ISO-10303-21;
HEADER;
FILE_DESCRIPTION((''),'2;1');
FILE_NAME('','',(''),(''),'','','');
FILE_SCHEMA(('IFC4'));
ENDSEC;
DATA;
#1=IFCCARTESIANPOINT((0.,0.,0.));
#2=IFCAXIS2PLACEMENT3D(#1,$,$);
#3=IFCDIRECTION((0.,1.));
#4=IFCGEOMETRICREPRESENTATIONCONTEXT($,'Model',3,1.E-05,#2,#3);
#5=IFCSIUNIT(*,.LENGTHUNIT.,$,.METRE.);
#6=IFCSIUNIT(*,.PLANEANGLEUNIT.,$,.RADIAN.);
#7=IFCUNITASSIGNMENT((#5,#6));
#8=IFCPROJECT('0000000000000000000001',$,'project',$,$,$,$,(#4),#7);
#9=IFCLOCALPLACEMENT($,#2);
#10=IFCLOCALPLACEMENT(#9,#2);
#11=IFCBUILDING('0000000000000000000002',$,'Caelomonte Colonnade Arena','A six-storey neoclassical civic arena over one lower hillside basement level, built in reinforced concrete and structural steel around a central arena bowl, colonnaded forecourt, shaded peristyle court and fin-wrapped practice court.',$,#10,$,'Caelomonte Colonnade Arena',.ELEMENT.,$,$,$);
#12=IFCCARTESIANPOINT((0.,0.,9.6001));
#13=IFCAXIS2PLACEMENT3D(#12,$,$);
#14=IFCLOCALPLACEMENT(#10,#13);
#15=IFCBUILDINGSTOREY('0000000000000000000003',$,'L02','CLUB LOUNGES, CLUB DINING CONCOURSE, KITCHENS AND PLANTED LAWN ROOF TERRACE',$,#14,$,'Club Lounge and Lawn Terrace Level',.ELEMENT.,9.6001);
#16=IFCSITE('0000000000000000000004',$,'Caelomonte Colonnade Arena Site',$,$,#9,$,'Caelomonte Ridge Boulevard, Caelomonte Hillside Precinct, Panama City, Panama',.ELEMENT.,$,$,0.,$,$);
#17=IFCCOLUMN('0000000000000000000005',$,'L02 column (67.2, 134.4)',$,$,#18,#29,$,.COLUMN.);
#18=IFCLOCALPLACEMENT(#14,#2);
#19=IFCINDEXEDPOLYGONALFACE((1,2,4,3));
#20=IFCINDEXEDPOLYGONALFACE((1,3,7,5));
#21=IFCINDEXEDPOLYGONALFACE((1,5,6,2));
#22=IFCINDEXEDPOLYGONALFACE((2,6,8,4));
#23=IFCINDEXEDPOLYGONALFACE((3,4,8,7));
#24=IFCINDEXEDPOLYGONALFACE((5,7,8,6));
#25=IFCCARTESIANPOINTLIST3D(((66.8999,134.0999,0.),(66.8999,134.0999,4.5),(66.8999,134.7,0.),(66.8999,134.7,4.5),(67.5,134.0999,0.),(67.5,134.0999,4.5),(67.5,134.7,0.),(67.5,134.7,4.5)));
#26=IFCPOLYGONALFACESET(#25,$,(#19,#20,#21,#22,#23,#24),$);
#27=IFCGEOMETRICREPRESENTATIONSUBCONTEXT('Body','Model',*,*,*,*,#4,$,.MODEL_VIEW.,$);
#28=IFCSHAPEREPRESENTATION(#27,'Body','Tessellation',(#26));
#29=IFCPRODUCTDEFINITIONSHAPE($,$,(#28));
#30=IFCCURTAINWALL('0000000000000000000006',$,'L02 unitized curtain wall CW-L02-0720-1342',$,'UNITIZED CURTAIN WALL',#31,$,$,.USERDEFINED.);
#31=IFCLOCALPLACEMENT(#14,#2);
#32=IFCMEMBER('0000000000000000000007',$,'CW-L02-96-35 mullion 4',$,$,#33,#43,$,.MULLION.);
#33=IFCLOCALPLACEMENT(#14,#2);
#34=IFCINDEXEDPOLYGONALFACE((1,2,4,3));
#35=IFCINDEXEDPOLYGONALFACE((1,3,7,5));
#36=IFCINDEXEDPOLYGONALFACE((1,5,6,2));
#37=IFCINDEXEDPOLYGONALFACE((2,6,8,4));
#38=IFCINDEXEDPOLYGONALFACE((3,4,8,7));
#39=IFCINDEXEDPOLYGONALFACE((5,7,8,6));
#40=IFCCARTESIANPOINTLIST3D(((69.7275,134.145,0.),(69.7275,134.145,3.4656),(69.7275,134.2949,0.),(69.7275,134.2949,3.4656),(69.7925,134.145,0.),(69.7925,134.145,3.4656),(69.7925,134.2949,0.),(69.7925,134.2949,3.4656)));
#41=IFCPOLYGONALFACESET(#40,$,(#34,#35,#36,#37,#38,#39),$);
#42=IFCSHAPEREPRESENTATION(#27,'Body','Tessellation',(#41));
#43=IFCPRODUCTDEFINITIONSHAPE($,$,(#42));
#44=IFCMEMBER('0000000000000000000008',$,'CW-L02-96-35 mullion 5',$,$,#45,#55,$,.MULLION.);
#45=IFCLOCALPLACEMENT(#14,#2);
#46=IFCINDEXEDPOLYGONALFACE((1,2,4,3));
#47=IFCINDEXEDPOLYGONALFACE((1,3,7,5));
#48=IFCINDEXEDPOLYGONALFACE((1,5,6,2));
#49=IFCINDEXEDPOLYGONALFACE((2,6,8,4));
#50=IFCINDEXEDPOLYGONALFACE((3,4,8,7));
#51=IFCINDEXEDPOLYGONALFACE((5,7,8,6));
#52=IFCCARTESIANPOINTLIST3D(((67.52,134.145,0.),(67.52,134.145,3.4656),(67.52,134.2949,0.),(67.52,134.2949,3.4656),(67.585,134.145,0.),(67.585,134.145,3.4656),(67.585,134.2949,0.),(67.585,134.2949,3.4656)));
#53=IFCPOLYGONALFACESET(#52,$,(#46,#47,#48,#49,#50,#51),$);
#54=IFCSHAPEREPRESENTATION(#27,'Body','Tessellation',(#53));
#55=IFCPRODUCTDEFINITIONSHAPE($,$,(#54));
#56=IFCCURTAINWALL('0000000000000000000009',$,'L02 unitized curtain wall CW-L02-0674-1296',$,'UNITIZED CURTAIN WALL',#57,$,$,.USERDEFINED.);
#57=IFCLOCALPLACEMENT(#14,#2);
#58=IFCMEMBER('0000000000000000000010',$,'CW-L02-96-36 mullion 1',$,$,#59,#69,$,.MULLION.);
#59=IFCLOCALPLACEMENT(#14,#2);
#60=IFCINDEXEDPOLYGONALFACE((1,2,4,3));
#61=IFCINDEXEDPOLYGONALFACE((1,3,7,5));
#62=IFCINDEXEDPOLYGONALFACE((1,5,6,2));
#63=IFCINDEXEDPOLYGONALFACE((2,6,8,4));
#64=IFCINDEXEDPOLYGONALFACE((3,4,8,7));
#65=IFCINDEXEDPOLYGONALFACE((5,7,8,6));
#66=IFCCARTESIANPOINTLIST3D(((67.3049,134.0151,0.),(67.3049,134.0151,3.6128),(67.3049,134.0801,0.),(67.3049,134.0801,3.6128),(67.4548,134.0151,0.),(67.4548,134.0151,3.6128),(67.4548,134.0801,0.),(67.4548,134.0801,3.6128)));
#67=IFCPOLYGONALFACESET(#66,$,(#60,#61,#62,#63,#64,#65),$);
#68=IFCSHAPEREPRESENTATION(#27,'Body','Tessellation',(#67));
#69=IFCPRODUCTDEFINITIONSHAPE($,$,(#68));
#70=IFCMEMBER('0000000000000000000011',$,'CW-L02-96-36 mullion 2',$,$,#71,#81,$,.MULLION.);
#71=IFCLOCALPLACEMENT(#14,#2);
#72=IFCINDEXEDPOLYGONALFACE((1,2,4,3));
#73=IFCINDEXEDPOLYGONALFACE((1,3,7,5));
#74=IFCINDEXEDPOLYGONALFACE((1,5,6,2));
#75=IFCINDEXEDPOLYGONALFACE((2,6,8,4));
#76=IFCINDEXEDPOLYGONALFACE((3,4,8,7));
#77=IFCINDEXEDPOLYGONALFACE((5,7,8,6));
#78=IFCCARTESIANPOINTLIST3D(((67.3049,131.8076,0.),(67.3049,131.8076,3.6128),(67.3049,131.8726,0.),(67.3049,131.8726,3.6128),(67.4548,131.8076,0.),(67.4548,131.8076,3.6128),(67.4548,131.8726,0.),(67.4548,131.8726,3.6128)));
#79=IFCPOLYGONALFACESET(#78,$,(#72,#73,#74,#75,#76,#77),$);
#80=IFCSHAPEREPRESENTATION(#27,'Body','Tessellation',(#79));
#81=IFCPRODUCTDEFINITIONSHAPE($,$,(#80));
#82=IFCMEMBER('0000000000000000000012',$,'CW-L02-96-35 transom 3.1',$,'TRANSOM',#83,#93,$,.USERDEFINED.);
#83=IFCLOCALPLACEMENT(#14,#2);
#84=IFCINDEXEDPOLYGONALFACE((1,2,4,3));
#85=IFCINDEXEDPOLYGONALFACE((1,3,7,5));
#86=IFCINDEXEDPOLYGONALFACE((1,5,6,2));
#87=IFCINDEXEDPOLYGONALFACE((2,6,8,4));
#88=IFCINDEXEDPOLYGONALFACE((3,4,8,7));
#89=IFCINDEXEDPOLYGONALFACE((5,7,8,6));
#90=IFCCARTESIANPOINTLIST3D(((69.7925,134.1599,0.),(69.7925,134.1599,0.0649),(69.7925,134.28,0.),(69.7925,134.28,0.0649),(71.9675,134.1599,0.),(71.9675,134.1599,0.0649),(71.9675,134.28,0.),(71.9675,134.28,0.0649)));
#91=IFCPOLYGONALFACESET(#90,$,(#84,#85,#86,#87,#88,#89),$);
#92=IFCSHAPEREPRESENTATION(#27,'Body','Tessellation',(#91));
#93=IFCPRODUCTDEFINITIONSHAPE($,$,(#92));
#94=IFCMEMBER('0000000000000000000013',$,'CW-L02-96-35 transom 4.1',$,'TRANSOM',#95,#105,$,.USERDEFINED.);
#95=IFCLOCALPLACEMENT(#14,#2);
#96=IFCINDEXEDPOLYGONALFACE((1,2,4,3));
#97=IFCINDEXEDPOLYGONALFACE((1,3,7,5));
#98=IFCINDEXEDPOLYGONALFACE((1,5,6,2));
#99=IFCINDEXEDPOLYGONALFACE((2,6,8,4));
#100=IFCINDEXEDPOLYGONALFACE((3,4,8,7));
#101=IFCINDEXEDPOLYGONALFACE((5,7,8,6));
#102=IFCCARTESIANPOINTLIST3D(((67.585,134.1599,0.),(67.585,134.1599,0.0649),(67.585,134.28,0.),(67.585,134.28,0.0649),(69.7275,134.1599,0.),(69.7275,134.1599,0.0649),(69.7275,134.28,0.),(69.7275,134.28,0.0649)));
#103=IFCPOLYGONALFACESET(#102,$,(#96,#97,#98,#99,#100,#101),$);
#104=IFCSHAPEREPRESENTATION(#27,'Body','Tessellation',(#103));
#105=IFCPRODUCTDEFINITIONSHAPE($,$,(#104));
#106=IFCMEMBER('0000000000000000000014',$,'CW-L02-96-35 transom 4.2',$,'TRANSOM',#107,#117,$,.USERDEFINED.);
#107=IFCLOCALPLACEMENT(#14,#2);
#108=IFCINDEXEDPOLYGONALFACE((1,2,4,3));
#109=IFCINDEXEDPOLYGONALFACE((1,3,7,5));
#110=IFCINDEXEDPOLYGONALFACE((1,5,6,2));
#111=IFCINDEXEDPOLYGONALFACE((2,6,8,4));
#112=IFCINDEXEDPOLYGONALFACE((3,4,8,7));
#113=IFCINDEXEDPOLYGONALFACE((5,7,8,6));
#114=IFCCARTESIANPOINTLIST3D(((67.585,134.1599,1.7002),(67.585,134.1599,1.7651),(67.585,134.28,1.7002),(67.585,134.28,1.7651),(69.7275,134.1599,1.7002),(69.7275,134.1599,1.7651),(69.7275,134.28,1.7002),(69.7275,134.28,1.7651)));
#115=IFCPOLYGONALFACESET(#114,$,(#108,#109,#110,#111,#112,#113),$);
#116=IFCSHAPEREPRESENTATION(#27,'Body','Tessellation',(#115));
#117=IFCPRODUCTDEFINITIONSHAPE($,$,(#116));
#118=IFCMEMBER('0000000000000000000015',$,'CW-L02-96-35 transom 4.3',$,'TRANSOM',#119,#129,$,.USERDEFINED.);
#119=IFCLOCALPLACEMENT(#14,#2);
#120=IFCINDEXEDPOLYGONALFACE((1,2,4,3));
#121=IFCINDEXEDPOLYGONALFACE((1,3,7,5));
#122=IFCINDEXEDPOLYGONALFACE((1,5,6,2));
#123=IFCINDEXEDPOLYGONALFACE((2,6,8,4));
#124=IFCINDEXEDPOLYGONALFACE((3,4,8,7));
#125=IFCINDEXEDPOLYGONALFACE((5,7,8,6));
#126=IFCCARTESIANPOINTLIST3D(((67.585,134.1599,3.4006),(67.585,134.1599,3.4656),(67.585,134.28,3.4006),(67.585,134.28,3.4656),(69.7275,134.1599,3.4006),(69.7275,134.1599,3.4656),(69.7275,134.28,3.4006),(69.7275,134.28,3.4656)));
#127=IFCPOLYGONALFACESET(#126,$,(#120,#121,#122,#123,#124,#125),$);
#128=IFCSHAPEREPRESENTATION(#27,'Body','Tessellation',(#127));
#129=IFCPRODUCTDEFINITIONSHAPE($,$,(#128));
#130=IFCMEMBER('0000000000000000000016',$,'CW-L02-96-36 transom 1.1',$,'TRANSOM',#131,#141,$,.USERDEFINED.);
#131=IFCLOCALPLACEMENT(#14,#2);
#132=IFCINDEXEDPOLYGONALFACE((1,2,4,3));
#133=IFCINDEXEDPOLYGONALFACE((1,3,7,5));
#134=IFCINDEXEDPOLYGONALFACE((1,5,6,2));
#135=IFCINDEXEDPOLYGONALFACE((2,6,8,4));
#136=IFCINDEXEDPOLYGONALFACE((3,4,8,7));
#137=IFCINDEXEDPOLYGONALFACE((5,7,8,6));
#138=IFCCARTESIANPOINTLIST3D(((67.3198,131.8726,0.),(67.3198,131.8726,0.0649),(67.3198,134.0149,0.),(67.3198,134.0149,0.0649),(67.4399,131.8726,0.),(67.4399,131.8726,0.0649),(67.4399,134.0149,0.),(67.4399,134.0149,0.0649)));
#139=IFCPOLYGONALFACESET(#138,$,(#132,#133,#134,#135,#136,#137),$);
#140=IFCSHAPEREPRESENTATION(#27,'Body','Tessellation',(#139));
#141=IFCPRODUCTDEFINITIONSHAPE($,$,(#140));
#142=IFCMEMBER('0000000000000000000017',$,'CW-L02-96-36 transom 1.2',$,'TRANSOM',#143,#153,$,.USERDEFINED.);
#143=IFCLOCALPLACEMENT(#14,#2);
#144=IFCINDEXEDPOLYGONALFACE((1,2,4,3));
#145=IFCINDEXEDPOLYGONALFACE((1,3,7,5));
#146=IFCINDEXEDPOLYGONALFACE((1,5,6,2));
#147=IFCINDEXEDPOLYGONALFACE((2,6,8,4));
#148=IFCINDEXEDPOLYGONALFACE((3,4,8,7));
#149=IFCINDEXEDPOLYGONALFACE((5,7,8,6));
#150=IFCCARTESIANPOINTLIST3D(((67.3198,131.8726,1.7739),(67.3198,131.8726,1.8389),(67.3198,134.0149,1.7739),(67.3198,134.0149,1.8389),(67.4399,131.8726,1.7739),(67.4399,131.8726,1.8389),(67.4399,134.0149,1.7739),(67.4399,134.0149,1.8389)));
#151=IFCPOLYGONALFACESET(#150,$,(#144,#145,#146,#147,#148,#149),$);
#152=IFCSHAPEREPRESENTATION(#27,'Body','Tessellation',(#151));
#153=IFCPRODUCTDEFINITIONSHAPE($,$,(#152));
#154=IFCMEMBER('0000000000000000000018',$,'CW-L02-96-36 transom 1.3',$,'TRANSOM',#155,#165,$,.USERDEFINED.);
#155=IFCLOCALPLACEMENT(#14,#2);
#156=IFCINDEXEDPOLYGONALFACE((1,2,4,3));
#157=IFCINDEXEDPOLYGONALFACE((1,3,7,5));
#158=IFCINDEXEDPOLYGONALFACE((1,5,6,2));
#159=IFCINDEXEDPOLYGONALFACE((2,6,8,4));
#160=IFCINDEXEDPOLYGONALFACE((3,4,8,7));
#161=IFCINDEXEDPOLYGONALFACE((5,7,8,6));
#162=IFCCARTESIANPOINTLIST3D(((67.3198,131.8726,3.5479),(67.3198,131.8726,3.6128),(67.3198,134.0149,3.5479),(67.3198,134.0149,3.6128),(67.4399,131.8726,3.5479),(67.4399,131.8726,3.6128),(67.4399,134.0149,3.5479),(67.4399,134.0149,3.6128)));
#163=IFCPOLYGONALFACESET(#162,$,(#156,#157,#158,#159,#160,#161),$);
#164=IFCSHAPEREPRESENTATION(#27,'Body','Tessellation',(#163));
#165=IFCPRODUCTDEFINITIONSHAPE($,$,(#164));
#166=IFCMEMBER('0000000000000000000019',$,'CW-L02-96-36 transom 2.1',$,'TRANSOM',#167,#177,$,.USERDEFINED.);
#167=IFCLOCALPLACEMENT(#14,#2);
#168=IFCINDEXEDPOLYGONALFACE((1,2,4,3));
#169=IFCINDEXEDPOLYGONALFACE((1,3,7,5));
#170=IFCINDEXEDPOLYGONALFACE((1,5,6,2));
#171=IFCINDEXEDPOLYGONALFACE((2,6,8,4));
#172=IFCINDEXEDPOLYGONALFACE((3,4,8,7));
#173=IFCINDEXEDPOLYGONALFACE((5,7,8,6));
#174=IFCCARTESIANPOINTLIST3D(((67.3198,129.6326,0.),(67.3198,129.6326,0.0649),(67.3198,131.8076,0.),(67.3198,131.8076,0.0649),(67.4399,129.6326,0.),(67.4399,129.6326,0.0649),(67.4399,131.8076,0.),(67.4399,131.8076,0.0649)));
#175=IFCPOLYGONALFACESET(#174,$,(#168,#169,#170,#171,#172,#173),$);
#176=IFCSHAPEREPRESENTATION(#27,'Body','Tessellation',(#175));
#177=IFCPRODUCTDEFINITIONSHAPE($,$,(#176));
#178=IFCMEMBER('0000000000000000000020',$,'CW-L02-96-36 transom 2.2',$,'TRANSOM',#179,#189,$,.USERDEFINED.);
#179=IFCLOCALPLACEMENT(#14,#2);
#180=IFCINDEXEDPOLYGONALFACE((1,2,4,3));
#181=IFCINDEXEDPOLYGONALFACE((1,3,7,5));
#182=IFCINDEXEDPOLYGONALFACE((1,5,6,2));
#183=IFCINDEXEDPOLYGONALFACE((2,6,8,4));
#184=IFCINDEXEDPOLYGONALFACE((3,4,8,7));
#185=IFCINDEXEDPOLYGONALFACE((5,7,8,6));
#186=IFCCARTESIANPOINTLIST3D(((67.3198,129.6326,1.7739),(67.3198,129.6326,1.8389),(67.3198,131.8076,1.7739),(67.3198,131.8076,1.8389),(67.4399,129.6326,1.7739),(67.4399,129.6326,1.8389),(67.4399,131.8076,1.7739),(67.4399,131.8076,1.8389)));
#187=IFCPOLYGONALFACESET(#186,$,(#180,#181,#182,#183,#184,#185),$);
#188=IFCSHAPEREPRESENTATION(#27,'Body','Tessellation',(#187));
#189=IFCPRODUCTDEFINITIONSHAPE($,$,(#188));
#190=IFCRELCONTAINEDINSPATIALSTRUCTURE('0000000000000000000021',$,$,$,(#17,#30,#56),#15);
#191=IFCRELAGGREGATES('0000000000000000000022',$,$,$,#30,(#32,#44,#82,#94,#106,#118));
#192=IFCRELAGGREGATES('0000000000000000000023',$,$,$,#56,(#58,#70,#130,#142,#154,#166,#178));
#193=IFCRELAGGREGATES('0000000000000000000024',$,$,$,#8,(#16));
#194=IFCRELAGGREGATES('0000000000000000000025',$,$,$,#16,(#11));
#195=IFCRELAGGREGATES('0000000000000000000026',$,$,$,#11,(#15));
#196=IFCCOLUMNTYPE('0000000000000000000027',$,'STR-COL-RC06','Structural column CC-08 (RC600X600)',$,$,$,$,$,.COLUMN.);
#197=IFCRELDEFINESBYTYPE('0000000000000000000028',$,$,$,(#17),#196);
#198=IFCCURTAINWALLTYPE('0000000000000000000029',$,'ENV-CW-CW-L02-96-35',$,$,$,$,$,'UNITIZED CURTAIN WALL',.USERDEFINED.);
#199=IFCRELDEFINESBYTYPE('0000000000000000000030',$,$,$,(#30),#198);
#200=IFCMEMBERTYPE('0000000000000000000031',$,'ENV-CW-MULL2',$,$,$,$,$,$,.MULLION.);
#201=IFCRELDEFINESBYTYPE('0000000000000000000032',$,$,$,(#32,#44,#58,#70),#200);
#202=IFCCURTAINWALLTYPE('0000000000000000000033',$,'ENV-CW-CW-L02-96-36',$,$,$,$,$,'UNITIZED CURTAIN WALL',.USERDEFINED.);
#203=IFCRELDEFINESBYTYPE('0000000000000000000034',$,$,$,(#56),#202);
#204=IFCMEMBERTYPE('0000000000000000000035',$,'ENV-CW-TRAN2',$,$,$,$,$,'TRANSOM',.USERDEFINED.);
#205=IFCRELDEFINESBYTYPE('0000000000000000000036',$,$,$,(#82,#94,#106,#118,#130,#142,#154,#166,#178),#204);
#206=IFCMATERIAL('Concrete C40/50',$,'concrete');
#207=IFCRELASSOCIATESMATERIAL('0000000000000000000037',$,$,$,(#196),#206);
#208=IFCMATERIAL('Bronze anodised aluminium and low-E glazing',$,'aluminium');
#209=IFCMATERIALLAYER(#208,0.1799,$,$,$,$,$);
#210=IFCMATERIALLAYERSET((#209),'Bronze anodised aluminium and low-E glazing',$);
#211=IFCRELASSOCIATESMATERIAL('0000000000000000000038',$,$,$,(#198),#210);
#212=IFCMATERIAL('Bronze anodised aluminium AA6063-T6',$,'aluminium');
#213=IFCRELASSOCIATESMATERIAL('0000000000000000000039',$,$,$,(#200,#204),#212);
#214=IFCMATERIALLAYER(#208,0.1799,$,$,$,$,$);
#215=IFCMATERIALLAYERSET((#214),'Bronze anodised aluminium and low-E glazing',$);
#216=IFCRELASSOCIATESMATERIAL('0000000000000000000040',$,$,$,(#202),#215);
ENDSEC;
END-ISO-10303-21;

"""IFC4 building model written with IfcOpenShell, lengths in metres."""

from ifc_helpers import new_model, si_unit, direction, frame, origin, origin_2d, place, context, subcontext, project, spatial, rectangle, extrude, material, layer, layer_set, material_profile, profile_set, type_object, element, aggregate, save


model = new_model("IFC4")

# Units and contexts
model_context = context("Model", 3, precision=1e-05, world=origin(), true_north=direction((0.0, 1.0)))
body_context = subcontext(model_context, "Body", "Model", "MODEL_VIEW")
ifc_project = project(units=[si_unit("LENGTHUNIT", "METRE"), si_unit("PLANEANGLEUNIT", "RADIAN")], contexts=[model_context])

# Site, building, storey
site_placement = place(None, origin())
site = spatial("IfcSite", under=ifc_project, at=site_placement, Name="Caelomonte Colonnade Arena Site", LongName="Caelomonte Ridge Boulevard, Caelomonte Hillside Precinct, Panama City, Panama", CompositionType="ELEMENT", RefElevation=0.0)
building_placement = place(site_placement, origin())
building = spatial("IfcBuilding", under=site, at=building_placement, Name="Caelomonte Colonnade Arena", Description="A six-storey neoclassical civic arena over one lower hillside basement level, built in reinforced concrete and structural steel around a central arena bowl, colonnaded forecourt, shaded peristyle court and fin-wrapped practice court.", LongName="Caelomonte Colonnade Arena", CompositionType="ELEMENT")
storey_placement = place(building_placement, frame((0.0, 0.0, 9.6001)))
storey = spatial("IfcBuildingStorey", under=building, at=storey_placement, Name="L02", Description="CLUB LOUNGES, CLUB DINING CONCOURSE, KITCHENS AND PLANTED LAWN ROOF TERRACE", LongName="Club Lounge and Lawn Terrace Level", CompositionType="ELEMENT", Elevation=9.6001)

# Column
ifc_material_1 = material(Name="Concrete C40/50", Category="concrete")
ifc_material_profile_1 = material_profile(ifc_material_1, rectangle(XDim=0.6001, YDim=0.6001, at=origin_2d()), Name="RC600X600")
ifc_profile_set_1 = profile_set([ifc_material_profile_1], Name="Concrete C40/50")
column_type = type_object("IfcColumnType", Name="STR-COL-RC06", Description="Structural column CC-08 (RC600X600)", PredefinedType="COLUMN", material=ifc_profile_set_1)
column_placement = place(storey_placement, frame((67.2, 134.3999, 0.0), z_axis=(0.0, 0.0, 1.0), x_axis=(1.0, 0.0, 0.0)))
element("IfcColumn", 1, at=column_placement, inside=storey, type_object=column_type, Name="L02 column (67.2, 134.4)", PredefinedType="COLUMN", context=body_context, shape_type="SweptSolid", body=[
    extrude(rectangle(XDim=0.6001, YDim=0.6001, at=origin_2d()), origin(), (0.0, 0.0, 1.0), 4.5),
])

# Curtain walls, members
ifc_material_2 = material(Name="Bronze anodised aluminium and low-E glazing", Category="aluminium")
ifc_layer_1 = layer(ifc_material_2, 0.1799)
ifc_layer_set_1 = layer_set([ifc_layer_1], Name="Bronze anodised aluminium and low-E glazing")
curtain_wall_type_1 = type_object("IfcCurtainWallType", Name="ENV-CW-CW-L02-96-35", ElementType="UNITIZED CURTAIN WALL", PredefinedType="USERDEFINED", material=ifc_layer_set_1)
curtain_wall_1_placement = place(storey_placement, origin())
curtain_wall_1 = element("IfcCurtainWall", 2, at=curtain_wall_1_placement, inside=storey, type_object=curtain_wall_type_1, Name="L02 unitized curtain wall CW-L02-0720-1342", ObjectType="UNITIZED CURTAIN WALL", PredefinedType="USERDEFINED")
ifc_material_3 = material(Name="Bronze anodised aluminium AA6063-T6", Category="aluminium")
ifc_material_profile_2 = material_profile(ifc_material_3, rectangle(XDim=0.0649, YDim=0.1499, at=origin_2d()), Name="CWM-65X150")
ifc_profile_set_2 = profile_set([ifc_material_profile_2], Name="Bronze anodised aluminium AA6063-T6")
member_type_1 = type_object("IfcMemberType", Name="ENV-CW-MULL2", PredefinedType="MULLION", material=ifc_profile_set_2)
member_1_placement = place(storey_placement, frame((69.76, 134.22, 0.0), z_axis=(0.0, 0.0, 1.0), x_axis=(-1.0, 0.0, 0.0)))
member_1 = element("IfcMember", 3, at=member_1_placement, type_object=member_type_1, Name="CW-L02-96-35 mullion 4", PredefinedType="MULLION", context=body_context, shape_type="SweptSolid", body=[
    extrude(rectangle(XDim=0.0649, YDim=0.1499, at=origin_2d()), origin(), (0.0, 0.0, 1.0), 3.4656),
])
member_2_placement = place(storey_placement, frame((67.5525, 134.22, 0.0), z_axis=(0.0, 0.0, 1.0), x_axis=(-1.0, 0.0, 0.0)))
member_2 = element("IfcMember", 4, at=member_2_placement, type_object=member_type_1, Name="CW-L02-96-35 mullion 5", PredefinedType="MULLION", context=body_context, shape_type="SweptSolid", body=[
    extrude(rectangle(XDim=0.0649, YDim=0.1499, at=origin_2d()), origin(), (0.0, 0.0, 1.0), 3.4656),
])
ifc_layer_2 = layer(ifc_material_2, 0.1799)
ifc_layer_set_2 = layer_set([ifc_layer_2], Name="Bronze anodised aluminium and low-E glazing")
curtain_wall_type_2 = type_object("IfcCurtainWallType", Name="ENV-CW-CW-L02-96-36", ElementType="UNITIZED CURTAIN WALL", PredefinedType="USERDEFINED", material=ifc_layer_set_2)
curtain_wall_2_placement = place(storey_placement, origin())
curtain_wall_2 = element("IfcCurtainWall", 5, at=curtain_wall_2_placement, inside=storey, type_object=curtain_wall_type_2, Name="L02 unitized curtain wall CW-L02-0674-1296", ObjectType="UNITIZED CURTAIN WALL", PredefinedType="USERDEFINED")
member_3_placement = place(storey_placement, frame((67.3799, 134.0476, 0.0), z_axis=(0.0, 0.0, 1.0), x_axis=(0.0, -1.0, 0.0)))
member_3 = element("IfcMember", 6, at=member_3_placement, type_object=member_type_1, Name="CW-L02-96-36 mullion 1", PredefinedType="MULLION", context=body_context, shape_type="SweptSolid", body=[
    extrude(rectangle(XDim=0.0649, YDim=0.1499, at=origin_2d()), origin(), (0.0, 0.0, 1.0), 3.6128),
])
member_4_placement = place(storey_placement, frame((67.3799, 131.8401, 0.0), z_axis=(0.0, 0.0, 1.0), x_axis=(0.0, -1.0, 0.0)))
member_4 = element("IfcMember", 7, at=member_4_placement, type_object=member_type_1, Name="CW-L02-96-36 mullion 2", PredefinedType="MULLION", context=body_context, shape_type="SweptSolid", body=[
    extrude(rectangle(XDim=0.0649, YDim=0.1499, at=origin_2d()), origin(), (0.0, 0.0, 1.0), 3.6128),
])

# Members
ifc_material_profile_3 = material_profile(ifc_material_3, rectangle(XDim=0.0649, YDim=0.1201, at=origin_2d()), Name="CWT-65X120")
ifc_profile_set_3 = profile_set([ifc_material_profile_3], Name="Bronze anodised aluminium AA6063-T6")
member_type_2 = type_object("IfcMemberType", Name="ENV-CW-TRAN2", ElementType="TRANSOM", PredefinedType="USERDEFINED", material=ifc_profile_set_3)
member_5_placement = place(storey_placement, frame((71.9675, 134.22, 0.0325), z_axis=(-1.0, 0.0, 0.0), x_axis=(0.0, 0.0, 1.0)))
member_5 = element("IfcMember", 8, at=member_5_placement, type_object=member_type_2, Name="CW-L02-96-35 transom 3.1", ObjectType="TRANSOM", PredefinedType="USERDEFINED", context=body_context, shape_type="SweptSolid", body=[
    extrude(rectangle(XDim=0.0649, YDim=0.1201, at=origin_2d()), origin(), (0.0, 0.0, 1.0), 2.175),
])
member_6_placement = place(storey_placement, frame((69.7275, 134.22, 0.0325), z_axis=(-1.0, 0.0, 0.0), x_axis=(0.0, 0.0, 1.0)))
member_6 = element("IfcMember", 9, at=member_6_placement, type_object=member_type_2, Name="CW-L02-96-35 transom 4.1", ObjectType="TRANSOM", PredefinedType="USERDEFINED", context=body_context, shape_type="SweptSolid", body=[
    extrude(rectangle(XDim=0.0649, YDim=0.1201, at=origin_2d()), origin(), (0.0, 0.0, 1.0), 2.1426),
])
member_7_placement = place(storey_placement, frame((69.7275, 134.22, 1.7327), z_axis=(-1.0, 0.0, 0.0), x_axis=(0.0, 0.0, 1.0)))
member_7 = element("IfcMember", 10, at=member_7_placement, type_object=member_type_2, Name="CW-L02-96-35 transom 4.2", ObjectType="TRANSOM", PredefinedType="USERDEFINED", context=body_context, shape_type="SweptSolid", body=[
    extrude(rectangle(XDim=0.0649, YDim=0.1201, at=origin_2d()), origin(), (0.0, 0.0, 1.0), 2.1426),
])
member_8_placement = place(storey_placement, frame((69.7275, 134.22, 3.4331), z_axis=(-1.0, 0.0, 0.0), x_axis=(0.0, 0.0, 1.0)))
member_8 = element("IfcMember", 11, at=member_8_placement, type_object=member_type_2, Name="CW-L02-96-35 transom 4.3", ObjectType="TRANSOM", PredefinedType="USERDEFINED", context=body_context, shape_type="SweptSolid", body=[
    extrude(rectangle(XDim=0.0649, YDim=0.1201, at=origin_2d()), origin(), (0.0, 0.0, 1.0), 2.1426),
])
member_9_placement = place(storey_placement, frame((67.3799, 134.0149, 0.0325), z_axis=(0.0, -1.0, 0.0), x_axis=(0.0, 0.0, 1.0)))
member_9 = element("IfcMember", 12, at=member_9_placement, type_object=member_type_2, Name="CW-L02-96-36 transom 1.1", ObjectType="TRANSOM", PredefinedType="USERDEFINED", context=body_context, shape_type="SweptSolid", body=[
    extrude(rectangle(XDim=0.0649, YDim=0.1201, at=origin_2d()), origin(), (0.0, 0.0, 1.0), 2.1423),
])
member_10_placement = place(storey_placement, frame((67.3799, 134.0149, 1.8064), z_axis=(0.0, -1.0, 0.0), x_axis=(0.0, 0.0, 1.0)))
member_10 = element("IfcMember", 13, at=member_10_placement, type_object=member_type_2, Name="CW-L02-96-36 transom 1.2", ObjectType="TRANSOM", PredefinedType="USERDEFINED", context=body_context, shape_type="SweptSolid", body=[
    extrude(rectangle(XDim=0.0649, YDim=0.1201, at=origin_2d()), origin(), (0.0, 0.0, 1.0), 2.1423),
])
member_11_placement = place(storey_placement, frame((67.3799, 134.0149, 3.5803), z_axis=(0.0, -1.0, 0.0), x_axis=(0.0, 0.0, 1.0)))
member_11 = element("IfcMember", 14, at=member_11_placement, type_object=member_type_2, Name="CW-L02-96-36 transom 1.3", ObjectType="TRANSOM", PredefinedType="USERDEFINED", context=body_context, shape_type="SweptSolid", body=[
    extrude(rectangle(XDim=0.0649, YDim=0.1201, at=origin_2d()), origin(), (0.0, 0.0, 1.0), 2.1423),
])
member_12_placement = place(storey_placement, frame((67.3799, 131.8076, 0.0325), z_axis=(0.0, -1.0, 0.0), x_axis=(0.0, 0.0, 1.0)))
member_12 = element("IfcMember", 15, at=member_12_placement, type_object=member_type_2, Name="CW-L02-96-36 transom 2.1", ObjectType="TRANSOM", PredefinedType="USERDEFINED", context=body_context, shape_type="SweptSolid", body=[
    extrude(rectangle(XDim=0.0649, YDim=0.1201, at=origin_2d()), origin(), (0.0, 0.0, 1.0), 2.175),
])
member_13_placement = place(storey_placement, frame((67.3799, 131.8076, 1.8064), z_axis=(0.0, -1.0, 0.0), x_axis=(0.0, 0.0, 1.0)))
member_13 = element("IfcMember", 16, at=member_13_placement, type_object=member_type_2, Name="CW-L02-96-36 transom 2.2", ObjectType="TRANSOM", PredefinedType="USERDEFINED", context=body_context, shape_type="SweptSolid", body=[
    extrude(rectangle(XDim=0.0649, YDim=0.1201, at=origin_2d()), origin(), (0.0, 0.0, 1.0), 2.175),
])

aggregate(curtain_wall_1, [member_1, member_2, member_5, member_6, member_7, member_8])
aggregate(curtain_wall_2, [member_3, member_4, member_9, member_10, member_11, member_12, member_13])

save(model, "model.ifc")
